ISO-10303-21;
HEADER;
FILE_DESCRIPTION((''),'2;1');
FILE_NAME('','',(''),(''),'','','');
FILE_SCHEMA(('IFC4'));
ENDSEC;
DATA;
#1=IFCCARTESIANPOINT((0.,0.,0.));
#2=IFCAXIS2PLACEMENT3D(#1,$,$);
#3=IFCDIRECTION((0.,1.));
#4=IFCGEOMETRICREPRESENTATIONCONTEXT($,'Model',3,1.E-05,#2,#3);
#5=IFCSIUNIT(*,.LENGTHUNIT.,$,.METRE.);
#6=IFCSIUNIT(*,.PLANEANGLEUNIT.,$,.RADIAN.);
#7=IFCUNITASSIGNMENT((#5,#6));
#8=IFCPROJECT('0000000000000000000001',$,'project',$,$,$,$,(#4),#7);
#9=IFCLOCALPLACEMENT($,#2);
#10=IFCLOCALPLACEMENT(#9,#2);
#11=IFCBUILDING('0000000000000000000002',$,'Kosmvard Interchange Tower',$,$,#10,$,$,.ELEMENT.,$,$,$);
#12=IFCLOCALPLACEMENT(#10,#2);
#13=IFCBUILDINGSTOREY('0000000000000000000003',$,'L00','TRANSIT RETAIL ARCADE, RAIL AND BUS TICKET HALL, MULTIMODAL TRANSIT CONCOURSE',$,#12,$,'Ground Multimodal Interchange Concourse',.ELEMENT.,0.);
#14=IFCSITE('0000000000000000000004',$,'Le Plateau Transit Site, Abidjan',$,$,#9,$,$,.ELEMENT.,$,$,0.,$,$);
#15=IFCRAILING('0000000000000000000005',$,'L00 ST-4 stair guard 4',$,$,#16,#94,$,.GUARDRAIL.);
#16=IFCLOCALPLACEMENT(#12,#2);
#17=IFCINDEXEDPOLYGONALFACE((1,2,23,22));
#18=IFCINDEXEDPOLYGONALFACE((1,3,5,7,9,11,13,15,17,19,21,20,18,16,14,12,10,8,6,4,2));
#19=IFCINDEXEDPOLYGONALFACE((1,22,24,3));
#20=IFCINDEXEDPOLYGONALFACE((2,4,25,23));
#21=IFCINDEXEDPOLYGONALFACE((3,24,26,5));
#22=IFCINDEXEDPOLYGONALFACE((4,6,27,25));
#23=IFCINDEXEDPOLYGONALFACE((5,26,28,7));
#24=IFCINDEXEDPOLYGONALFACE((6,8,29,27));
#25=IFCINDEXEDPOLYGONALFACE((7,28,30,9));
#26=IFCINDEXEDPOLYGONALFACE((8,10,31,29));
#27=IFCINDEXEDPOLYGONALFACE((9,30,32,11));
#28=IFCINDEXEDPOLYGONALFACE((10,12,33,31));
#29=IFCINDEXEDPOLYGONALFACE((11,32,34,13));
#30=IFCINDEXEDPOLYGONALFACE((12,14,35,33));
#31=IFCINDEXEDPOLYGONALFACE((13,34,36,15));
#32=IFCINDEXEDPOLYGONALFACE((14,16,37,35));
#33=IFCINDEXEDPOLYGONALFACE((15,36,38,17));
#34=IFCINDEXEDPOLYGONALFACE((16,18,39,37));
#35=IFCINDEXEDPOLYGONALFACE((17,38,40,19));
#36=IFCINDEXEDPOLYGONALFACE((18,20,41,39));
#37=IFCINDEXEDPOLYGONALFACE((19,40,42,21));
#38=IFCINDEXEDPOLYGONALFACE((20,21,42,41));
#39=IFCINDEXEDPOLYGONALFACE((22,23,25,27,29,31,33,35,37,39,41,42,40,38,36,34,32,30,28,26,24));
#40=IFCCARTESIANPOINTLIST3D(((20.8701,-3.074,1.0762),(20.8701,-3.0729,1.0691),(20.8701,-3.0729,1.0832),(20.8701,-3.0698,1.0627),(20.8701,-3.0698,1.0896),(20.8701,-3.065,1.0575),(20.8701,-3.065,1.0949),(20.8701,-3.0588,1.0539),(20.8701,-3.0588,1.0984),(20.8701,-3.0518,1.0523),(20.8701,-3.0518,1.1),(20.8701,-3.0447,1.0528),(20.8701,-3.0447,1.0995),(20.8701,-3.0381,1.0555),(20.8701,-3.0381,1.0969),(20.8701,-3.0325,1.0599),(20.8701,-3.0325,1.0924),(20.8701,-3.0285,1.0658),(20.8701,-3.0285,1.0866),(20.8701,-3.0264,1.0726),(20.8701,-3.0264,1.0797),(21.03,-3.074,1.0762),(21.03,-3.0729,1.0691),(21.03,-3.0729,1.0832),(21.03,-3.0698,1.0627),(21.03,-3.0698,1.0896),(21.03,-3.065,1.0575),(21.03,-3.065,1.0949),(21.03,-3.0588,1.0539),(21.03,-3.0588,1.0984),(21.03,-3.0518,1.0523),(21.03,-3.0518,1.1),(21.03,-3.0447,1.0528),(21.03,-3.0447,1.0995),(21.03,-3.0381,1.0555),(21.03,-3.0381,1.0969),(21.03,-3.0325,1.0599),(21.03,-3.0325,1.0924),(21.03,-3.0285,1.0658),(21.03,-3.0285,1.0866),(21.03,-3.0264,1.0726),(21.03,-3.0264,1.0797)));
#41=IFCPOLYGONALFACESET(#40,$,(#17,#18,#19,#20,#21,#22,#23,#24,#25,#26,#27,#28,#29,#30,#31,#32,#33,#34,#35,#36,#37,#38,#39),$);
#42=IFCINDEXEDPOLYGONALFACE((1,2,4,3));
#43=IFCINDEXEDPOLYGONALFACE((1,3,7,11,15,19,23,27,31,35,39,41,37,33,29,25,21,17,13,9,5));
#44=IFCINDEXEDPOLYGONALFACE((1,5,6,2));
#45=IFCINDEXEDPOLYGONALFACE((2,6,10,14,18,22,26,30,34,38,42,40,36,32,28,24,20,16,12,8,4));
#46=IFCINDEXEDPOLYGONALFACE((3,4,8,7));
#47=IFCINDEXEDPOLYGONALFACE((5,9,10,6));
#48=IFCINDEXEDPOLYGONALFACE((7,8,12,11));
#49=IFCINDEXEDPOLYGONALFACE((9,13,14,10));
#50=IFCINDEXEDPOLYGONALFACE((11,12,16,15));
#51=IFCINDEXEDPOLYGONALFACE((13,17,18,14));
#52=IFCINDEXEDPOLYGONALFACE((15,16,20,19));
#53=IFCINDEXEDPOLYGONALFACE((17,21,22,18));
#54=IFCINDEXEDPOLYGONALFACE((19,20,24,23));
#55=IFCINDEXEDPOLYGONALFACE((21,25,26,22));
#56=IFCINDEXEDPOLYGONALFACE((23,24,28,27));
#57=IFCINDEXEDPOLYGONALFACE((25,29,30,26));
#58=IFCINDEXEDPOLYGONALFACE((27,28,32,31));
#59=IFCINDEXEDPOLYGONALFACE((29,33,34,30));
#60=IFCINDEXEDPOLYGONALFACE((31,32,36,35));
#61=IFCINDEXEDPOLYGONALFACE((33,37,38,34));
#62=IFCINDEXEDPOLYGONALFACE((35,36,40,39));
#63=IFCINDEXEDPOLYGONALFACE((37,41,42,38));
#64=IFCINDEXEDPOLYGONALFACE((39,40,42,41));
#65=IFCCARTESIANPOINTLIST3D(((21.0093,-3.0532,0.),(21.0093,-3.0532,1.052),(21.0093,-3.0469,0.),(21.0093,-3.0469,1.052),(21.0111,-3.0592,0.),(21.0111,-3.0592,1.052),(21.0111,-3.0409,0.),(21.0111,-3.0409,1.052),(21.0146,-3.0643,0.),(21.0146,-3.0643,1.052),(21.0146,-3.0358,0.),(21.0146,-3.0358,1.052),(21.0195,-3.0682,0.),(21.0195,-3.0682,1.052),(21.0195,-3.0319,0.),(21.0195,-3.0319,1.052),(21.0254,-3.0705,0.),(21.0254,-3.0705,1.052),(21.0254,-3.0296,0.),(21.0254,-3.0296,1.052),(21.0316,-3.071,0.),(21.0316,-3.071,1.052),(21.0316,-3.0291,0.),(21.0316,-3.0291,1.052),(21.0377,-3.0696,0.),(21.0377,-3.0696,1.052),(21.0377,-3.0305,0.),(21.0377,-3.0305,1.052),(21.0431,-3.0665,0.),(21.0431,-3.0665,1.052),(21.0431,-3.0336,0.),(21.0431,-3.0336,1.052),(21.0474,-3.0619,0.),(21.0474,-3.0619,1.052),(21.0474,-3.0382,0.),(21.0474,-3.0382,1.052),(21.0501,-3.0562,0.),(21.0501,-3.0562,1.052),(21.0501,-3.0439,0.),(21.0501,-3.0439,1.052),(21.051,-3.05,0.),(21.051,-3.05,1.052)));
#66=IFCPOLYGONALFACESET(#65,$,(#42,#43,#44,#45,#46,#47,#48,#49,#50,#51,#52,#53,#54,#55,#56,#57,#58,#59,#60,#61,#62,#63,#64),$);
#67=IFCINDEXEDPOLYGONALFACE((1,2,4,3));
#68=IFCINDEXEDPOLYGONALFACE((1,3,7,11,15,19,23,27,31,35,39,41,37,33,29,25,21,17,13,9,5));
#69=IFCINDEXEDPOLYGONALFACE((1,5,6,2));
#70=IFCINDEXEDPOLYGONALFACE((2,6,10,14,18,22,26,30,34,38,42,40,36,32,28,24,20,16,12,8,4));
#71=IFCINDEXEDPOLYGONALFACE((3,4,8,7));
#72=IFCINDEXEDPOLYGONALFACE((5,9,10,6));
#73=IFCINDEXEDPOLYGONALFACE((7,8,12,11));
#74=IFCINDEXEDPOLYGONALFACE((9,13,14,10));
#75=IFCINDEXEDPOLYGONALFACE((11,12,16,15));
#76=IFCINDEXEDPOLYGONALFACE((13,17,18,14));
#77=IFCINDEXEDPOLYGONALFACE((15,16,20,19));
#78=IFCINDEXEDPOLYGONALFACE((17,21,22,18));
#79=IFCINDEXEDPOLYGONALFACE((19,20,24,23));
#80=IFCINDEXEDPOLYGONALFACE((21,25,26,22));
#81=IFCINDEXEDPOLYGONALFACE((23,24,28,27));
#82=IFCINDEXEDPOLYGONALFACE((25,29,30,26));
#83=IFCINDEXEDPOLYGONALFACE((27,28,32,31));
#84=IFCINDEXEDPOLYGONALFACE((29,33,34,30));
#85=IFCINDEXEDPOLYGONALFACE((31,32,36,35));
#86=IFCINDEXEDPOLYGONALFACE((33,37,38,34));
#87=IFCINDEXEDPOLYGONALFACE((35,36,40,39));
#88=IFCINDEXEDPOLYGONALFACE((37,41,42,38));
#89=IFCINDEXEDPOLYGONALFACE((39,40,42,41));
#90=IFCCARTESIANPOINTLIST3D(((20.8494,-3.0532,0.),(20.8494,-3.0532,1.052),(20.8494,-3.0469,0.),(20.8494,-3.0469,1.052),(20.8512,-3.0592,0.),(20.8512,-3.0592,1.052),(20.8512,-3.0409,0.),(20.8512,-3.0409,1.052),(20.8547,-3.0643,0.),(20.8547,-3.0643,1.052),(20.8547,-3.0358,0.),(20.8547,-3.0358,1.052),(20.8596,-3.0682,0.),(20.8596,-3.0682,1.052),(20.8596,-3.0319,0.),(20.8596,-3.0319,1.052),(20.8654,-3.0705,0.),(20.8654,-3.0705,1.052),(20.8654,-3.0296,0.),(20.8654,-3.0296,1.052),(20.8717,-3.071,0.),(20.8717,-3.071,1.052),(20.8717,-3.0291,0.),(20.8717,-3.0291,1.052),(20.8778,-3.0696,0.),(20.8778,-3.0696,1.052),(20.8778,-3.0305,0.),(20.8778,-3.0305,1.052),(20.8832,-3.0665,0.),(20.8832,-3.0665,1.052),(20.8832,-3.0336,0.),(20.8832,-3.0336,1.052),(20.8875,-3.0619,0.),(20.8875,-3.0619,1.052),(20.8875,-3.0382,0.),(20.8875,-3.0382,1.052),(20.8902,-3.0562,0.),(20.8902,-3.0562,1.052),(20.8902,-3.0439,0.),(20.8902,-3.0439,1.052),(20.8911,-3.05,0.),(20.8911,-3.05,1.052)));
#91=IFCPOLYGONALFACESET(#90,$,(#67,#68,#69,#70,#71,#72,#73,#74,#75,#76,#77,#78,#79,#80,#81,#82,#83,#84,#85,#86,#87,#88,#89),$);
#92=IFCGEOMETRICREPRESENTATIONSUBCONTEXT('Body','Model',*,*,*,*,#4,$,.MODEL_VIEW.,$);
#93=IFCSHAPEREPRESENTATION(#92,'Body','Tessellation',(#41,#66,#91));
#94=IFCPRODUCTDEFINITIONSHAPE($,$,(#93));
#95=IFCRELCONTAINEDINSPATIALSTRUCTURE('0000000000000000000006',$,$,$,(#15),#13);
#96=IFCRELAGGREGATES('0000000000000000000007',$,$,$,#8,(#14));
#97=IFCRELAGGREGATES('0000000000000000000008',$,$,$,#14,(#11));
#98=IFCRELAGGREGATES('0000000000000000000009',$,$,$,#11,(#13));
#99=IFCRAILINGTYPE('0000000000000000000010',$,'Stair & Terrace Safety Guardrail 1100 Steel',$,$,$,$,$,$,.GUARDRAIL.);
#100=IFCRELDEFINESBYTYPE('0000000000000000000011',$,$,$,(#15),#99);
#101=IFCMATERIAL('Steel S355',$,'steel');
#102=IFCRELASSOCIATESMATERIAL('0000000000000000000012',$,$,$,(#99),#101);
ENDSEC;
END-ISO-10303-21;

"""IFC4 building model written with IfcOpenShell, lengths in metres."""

from ifc_helpers import new_model, si_unit, direction, frame, origin, origin_2d, place, context, subcontext, project, spatial, circle, extrude, source, transform, mapped, material, type_object, element, save


model = new_model("IFC4")

# Units and contexts
model_context = context("Model", 3, precision=1e-05, world=origin(), true_north=direction((0.0, 1.0)))
body_context = subcontext(model_context, "Body", "Model", "MODEL_VIEW")
ifc_project = project(units=[si_unit("LENGTHUNIT", "METRE"), si_unit("PLANEANGLEUNIT", "RADIAN")], contexts=[model_context])

# Site, building, storey
site_placement = place(None, origin())
site = spatial("IfcSite", under=ifc_project, at=site_placement, Name="Le Plateau Transit Site, Abidjan", CompositionType="ELEMENT", RefElevation=0.0)
building_placement = place(site_placement, origin())
building = spatial("IfcBuilding", under=site, at=building_placement, Name="Kosmvard Interchange Tower", CompositionType="ELEMENT")
storey_placement = place(building_placement, origin())
storey = spatial("IfcBuildingStorey", under=building, at=storey_placement, Name="L00", Description="TRANSIT RETAIL ARCADE, RAIL AND BUS TICKET HALL, MULTIMODAL TRANSIT CONCOURSE", LongName="Ground Multimodal Interchange Concourse", CompositionType="ELEMENT", Elevation=0.0)

# Railing
ifc_material_1 = material(Name="Steel S355", Category="steel")
railing_type_1 = type_object("IfcRailingType", Name="Stair & Terrace Safety Guardrail 1100 Steel", PredefinedType="GUARDRAIL", material=ifc_material_1)
shared_shape_1 = source(origin(), body_context, "Body", "SweptSolid", [
    extrude(circle(Radius=0.0239, at=origin_2d()), frame((0.0, 0.0, 1.0762), z_axis=(-1.0, 0.0, 0.0), x_axis=(0.0, -1.0, 0.0)), (0.0, 0.0, 1.0), 0.1599),
    extrude(circle(Radius=0.021, at=origin_2d()), origin(), (0.0, 0.0, 1.0), 1.052),
    extrude(circle(Radius=0.021, at=origin_2d()), frame((-0.1599, 0.0, 0.0)), (0.0, 0.0, 1.0), 1.052),
])
railing_1_placement = place(storey_placement, frame((21.03, -3.05, 0.0)))
element("IfcRailing", 1, at=railing_1_placement, inside=storey, type_object=railing_type_1, Name="L00 ST-4 stair guard 4", PredefinedType="GUARDRAIL", context=body_context, shape_type="MappedRepresentation", body=[
    mapped(shared_shape_1, transform((0.0, 0.0, 0.0), scale=1.0)),
])

save(model, "model.ifc")
